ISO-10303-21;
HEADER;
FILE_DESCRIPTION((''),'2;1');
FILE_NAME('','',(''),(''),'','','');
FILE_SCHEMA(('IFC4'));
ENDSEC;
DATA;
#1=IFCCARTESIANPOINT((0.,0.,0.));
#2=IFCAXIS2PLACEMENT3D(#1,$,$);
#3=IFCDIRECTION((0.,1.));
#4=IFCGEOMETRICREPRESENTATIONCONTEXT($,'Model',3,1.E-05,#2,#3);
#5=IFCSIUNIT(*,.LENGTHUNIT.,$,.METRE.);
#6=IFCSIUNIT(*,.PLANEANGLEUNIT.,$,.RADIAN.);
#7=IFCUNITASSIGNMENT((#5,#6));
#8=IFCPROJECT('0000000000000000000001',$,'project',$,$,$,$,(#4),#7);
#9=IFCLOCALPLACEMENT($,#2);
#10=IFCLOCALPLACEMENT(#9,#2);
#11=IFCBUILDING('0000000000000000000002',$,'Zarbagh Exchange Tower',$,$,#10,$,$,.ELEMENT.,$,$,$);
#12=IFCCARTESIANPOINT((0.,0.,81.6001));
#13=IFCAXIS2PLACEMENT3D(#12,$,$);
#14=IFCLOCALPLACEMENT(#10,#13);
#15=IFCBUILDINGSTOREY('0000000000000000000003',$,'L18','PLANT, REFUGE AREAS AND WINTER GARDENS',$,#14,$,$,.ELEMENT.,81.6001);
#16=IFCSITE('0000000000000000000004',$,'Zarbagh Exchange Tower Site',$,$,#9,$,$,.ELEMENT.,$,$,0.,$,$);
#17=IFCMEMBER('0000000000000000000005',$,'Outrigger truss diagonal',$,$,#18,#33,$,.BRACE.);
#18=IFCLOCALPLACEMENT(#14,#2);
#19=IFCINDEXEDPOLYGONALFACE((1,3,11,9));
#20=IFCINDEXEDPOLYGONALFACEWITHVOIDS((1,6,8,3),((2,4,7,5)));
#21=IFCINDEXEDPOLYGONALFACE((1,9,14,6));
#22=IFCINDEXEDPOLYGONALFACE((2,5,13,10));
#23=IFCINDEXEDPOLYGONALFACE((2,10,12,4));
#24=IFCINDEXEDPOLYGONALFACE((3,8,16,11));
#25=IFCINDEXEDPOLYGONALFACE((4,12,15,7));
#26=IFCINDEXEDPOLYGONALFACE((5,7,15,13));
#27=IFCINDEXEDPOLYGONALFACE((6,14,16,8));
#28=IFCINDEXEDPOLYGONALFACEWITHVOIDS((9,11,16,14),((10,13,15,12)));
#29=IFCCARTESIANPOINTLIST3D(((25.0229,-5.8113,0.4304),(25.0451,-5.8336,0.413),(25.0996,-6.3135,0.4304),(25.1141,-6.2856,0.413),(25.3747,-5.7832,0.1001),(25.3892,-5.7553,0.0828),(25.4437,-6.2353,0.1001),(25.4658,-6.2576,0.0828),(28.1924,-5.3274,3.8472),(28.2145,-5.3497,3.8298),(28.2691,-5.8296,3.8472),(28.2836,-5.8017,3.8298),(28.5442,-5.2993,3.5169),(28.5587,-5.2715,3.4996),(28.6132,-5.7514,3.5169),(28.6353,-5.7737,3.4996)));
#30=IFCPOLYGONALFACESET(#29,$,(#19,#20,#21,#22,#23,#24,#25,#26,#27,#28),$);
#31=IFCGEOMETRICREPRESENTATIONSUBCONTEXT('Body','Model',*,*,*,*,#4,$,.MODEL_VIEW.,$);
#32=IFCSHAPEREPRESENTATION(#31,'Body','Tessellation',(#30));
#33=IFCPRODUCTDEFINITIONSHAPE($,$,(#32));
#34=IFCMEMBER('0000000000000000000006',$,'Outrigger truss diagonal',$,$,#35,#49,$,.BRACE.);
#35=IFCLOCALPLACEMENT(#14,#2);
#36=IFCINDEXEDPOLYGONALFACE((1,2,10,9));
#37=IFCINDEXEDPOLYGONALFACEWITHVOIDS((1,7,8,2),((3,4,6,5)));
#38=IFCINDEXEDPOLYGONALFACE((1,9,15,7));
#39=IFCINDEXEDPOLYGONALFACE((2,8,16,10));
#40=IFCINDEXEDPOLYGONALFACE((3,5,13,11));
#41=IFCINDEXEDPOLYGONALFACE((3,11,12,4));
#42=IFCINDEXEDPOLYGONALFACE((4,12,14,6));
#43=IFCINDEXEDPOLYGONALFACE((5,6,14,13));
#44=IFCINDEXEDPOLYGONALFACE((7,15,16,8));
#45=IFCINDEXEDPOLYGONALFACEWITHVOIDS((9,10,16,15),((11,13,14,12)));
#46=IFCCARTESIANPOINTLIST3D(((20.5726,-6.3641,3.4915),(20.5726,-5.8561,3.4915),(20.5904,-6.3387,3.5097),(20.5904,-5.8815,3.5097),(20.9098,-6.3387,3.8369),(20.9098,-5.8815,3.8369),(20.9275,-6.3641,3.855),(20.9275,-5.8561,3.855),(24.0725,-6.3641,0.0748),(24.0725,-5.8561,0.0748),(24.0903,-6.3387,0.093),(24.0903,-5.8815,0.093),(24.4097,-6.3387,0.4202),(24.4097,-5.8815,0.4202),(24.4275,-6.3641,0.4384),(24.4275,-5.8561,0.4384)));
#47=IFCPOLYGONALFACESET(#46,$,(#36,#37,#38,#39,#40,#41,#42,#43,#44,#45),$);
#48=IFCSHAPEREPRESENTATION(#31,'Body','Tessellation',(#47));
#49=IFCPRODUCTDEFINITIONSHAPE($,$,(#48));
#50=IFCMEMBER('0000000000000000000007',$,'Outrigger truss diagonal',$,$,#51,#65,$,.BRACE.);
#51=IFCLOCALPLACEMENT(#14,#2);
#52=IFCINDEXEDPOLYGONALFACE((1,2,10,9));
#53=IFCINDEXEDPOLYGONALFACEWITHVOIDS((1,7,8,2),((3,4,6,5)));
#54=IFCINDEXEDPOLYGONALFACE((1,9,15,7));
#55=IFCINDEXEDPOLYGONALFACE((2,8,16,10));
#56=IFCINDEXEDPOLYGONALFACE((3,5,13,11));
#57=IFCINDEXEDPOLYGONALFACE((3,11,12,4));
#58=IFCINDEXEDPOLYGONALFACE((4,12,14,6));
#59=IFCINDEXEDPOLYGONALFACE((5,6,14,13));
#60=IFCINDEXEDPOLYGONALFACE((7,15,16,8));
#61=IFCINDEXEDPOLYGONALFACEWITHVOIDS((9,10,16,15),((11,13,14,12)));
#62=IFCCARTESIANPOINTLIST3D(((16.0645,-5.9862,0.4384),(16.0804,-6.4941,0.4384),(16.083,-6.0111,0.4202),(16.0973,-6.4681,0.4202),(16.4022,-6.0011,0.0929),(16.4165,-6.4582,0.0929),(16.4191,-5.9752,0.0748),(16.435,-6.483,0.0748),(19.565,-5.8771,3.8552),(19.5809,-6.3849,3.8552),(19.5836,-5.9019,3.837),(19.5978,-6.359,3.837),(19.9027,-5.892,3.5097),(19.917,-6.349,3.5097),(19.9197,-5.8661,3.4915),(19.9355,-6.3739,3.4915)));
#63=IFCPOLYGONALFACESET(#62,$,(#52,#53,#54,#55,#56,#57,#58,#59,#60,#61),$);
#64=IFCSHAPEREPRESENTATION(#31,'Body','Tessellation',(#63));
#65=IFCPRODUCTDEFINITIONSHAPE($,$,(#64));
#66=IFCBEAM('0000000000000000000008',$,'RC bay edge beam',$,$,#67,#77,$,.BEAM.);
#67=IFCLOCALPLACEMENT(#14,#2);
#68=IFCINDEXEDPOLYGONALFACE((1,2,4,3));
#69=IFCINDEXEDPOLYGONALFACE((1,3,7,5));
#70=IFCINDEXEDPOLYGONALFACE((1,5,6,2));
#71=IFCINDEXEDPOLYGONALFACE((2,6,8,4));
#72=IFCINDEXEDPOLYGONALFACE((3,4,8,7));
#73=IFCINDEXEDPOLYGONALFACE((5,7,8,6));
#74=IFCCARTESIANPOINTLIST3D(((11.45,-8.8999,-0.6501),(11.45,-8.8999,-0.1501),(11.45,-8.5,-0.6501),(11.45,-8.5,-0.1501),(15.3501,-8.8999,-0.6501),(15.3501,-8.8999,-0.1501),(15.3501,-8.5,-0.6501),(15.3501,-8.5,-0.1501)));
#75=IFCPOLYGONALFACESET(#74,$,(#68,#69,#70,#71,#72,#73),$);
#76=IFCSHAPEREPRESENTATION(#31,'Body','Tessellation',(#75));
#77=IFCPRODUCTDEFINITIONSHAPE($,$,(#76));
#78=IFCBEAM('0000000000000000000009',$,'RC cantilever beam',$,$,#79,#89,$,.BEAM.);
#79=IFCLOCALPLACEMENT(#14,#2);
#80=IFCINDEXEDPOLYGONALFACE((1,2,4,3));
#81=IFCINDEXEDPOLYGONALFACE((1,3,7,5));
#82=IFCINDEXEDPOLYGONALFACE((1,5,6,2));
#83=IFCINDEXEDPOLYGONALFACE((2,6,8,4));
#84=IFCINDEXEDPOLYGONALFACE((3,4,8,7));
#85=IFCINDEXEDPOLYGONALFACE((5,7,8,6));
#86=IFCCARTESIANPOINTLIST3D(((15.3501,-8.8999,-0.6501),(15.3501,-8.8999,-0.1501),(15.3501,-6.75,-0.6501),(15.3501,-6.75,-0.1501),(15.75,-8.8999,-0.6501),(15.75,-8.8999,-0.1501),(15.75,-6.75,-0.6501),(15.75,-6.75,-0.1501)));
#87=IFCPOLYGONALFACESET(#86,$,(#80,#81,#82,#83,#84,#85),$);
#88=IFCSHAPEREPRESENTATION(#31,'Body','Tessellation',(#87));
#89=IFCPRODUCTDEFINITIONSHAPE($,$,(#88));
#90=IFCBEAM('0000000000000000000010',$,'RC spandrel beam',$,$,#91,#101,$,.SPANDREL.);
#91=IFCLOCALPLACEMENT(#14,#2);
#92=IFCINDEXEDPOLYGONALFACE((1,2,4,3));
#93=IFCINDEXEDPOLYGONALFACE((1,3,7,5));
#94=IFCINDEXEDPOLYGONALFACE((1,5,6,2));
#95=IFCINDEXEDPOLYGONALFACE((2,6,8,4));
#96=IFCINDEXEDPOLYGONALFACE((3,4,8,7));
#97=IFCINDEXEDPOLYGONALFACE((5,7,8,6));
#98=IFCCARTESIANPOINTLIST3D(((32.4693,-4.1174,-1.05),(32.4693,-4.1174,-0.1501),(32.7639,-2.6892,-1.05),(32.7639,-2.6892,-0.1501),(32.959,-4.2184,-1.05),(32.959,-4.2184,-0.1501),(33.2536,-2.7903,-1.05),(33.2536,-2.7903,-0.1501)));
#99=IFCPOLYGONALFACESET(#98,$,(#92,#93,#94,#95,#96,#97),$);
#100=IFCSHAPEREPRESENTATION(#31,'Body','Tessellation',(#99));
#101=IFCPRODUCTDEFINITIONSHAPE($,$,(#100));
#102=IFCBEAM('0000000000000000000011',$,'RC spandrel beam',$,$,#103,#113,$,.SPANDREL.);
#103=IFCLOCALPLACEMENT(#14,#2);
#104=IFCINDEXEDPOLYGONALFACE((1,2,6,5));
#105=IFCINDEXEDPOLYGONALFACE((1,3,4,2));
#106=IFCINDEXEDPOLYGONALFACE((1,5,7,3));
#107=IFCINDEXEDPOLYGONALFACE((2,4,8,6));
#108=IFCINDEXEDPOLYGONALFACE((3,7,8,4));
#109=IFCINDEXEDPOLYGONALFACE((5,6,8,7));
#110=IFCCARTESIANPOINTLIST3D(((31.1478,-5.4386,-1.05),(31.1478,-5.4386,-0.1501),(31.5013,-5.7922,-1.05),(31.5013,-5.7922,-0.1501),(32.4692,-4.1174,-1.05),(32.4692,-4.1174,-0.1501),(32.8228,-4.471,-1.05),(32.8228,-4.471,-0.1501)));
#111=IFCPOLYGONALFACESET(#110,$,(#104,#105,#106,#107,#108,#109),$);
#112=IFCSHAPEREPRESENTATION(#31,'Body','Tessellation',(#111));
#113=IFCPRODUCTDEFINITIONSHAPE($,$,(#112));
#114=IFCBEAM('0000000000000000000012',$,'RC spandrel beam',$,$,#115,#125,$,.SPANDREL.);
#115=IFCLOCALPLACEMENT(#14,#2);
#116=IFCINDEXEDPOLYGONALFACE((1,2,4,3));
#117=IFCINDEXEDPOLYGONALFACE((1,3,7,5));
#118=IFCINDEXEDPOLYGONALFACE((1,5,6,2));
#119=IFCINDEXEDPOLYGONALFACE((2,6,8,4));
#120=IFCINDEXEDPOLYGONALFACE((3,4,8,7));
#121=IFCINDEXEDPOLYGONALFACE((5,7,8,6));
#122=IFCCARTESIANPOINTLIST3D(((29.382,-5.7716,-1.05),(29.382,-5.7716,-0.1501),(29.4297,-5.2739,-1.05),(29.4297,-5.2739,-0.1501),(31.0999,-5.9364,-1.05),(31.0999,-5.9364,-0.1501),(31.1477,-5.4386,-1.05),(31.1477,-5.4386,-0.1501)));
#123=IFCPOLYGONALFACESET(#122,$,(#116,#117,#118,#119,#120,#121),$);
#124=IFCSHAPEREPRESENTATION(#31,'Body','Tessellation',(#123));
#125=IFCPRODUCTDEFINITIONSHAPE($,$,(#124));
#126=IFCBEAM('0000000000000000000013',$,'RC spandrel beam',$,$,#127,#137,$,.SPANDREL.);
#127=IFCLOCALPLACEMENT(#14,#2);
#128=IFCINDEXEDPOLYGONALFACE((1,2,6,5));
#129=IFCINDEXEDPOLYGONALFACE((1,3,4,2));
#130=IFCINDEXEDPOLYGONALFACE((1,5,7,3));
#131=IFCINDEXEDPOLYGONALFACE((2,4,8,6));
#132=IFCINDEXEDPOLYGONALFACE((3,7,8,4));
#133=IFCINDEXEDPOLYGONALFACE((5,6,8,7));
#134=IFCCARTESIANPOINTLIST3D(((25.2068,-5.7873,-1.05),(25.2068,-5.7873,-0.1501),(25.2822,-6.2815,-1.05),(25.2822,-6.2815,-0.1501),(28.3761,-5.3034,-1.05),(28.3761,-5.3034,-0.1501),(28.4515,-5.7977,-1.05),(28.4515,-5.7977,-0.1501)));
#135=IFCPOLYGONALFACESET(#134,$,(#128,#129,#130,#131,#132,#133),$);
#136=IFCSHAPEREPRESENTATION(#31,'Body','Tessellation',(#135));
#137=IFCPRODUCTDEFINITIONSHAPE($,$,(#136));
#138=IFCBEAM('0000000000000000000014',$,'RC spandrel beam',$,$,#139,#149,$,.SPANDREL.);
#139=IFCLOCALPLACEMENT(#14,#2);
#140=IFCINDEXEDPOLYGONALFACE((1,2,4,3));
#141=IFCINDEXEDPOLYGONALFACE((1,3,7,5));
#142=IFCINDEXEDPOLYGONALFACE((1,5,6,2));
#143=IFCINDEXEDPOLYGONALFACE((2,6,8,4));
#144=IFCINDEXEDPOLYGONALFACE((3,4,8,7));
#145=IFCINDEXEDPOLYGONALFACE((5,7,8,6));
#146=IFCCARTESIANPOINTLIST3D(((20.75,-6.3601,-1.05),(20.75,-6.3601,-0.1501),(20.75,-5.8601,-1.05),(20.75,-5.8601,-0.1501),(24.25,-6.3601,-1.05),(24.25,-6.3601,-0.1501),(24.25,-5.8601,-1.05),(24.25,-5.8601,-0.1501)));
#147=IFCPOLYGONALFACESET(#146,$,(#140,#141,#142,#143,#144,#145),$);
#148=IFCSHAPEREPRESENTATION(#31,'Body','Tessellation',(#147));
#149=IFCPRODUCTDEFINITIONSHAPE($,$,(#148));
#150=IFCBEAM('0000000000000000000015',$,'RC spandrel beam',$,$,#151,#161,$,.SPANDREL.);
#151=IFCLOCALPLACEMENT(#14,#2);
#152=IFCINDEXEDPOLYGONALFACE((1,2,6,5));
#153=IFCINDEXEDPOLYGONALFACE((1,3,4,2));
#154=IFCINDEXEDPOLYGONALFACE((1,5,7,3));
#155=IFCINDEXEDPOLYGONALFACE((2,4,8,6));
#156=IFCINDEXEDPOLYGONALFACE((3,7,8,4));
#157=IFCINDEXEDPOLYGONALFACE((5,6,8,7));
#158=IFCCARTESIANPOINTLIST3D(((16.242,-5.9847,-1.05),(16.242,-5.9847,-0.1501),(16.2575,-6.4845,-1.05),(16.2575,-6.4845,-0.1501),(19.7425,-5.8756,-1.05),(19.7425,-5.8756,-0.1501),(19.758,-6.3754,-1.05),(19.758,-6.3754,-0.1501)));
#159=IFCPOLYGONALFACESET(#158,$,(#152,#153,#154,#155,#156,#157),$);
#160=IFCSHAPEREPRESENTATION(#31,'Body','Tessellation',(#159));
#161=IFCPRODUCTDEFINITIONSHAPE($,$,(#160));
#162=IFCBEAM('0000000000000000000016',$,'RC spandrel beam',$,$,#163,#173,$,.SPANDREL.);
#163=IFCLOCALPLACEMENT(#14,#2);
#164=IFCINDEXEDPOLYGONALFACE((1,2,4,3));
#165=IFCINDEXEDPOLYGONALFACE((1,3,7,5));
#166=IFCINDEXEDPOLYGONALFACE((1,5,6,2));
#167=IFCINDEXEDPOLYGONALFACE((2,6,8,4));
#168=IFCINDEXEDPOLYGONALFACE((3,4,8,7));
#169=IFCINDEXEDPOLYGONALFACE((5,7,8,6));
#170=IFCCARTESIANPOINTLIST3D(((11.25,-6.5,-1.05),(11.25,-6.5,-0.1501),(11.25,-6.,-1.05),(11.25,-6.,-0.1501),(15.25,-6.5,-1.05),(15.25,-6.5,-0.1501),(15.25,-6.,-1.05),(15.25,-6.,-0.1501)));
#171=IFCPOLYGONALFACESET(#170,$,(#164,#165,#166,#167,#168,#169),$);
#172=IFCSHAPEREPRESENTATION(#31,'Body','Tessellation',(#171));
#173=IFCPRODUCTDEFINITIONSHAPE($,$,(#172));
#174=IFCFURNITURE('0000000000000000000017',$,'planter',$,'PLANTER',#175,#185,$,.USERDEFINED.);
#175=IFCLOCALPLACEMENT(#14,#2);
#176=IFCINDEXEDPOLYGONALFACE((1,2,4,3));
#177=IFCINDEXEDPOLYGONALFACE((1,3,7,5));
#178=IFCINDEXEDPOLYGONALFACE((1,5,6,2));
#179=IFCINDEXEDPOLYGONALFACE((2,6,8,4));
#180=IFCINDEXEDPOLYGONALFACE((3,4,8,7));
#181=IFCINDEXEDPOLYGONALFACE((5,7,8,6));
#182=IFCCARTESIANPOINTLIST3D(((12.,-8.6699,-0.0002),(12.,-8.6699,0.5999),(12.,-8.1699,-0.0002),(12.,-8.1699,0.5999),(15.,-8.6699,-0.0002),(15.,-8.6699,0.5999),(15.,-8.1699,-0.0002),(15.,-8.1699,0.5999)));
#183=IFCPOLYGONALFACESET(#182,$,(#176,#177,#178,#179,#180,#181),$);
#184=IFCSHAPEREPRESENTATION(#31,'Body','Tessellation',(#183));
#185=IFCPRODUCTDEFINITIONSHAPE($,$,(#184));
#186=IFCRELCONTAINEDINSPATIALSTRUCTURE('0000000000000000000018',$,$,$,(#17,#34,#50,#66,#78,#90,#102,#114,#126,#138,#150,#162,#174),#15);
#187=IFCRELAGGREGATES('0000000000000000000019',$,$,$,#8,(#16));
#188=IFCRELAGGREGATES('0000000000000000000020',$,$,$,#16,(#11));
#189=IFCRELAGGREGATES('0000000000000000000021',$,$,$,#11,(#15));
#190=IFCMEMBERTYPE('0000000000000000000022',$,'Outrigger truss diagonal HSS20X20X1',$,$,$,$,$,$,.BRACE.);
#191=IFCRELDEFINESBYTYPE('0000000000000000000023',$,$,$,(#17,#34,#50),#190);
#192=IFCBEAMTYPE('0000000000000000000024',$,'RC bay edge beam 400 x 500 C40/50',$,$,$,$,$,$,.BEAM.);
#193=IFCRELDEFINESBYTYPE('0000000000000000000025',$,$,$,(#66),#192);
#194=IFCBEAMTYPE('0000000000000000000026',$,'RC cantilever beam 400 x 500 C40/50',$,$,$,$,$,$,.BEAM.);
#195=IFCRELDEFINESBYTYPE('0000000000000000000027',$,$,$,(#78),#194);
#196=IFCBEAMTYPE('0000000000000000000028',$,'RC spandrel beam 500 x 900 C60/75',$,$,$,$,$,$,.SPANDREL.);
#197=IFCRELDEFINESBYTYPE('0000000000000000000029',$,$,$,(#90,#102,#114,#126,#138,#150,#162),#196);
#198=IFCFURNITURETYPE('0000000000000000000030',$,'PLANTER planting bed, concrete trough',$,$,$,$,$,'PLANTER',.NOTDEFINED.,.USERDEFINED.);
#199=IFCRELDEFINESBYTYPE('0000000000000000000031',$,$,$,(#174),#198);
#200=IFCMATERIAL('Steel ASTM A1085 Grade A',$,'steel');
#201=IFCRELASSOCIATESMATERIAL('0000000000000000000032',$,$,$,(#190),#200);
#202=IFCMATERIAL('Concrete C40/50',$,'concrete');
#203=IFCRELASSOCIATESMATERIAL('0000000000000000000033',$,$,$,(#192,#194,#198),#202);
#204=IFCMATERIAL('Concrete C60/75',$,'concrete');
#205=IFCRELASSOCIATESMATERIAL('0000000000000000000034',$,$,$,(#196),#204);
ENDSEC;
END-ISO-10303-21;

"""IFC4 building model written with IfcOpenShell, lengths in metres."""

from ifc_helpers import new_model, si_unit, direction, frame, origin, origin_2d, place, context, subcontext, project, spatial, rectangle, hollow_rectangle, extrude, material, material_profile, profile_set, type_object, element, save


model = new_model("IFC4")

# Units and contexts
model_context = context("Model", 3, precision=1e-05, world=origin(), true_north=direction((0.0, 1.0)))
body_context = subcontext(model_context, "Body", "Model", "MODEL_VIEW")
ifc_project = project(units=[si_unit("LENGTHUNIT", "METRE"), si_unit("PLANEANGLEUNIT", "RADIAN")], contexts=[model_context])

# Site, building, storey
site_placement = place(None, origin())
site = spatial("IfcSite", under=ifc_project, at=site_placement, Name="Zarbagh Exchange Tower Site", CompositionType="ELEMENT", RefElevation=0.0)
building_placement = place(site_placement, origin())
building = spatial("IfcBuilding", under=site, at=building_placement, Name="Zarbagh Exchange Tower", CompositionType="ELEMENT")
storey_placement = place(building_placement, frame((0.0, 0.0, 81.6001)))
storey = spatial("IfcBuildingStorey", under=building, at=storey_placement, Name="L18", Description="PLANT, REFUGE AREAS AND WINTER GARDENS", CompositionType="ELEMENT", Elevation=81.6001)

# Shared definitions
ifc_material_1 = material(Name="Concrete C60/75", Category="concrete")

# Members
ifc_material_2 = material(Name="Steel ASTM A1085 Grade A", Category="steel")
ifc_material_profile_1 = material_profile(ifc_material_2, hollow_rectangle(XDim=0.5081, YDim=0.5081, WallThickness=0.0254, at=origin_2d()), Name="HSS20X20X1")
ifc_profile_set_1 = profile_set([ifc_material_profile_1], Name="Steel ASTM A1085 Grade A")
member_type_1 = type_object("IfcMemberType", Name="Outrigger truss diagonal HSS20X20X1", PredefinedType="BRACE", material=ifc_profile_set_1)
member_1_placement = place(storey_placement, frame((25.2444, -6.0344, 0.2566), z_axis=(0.676439, 0.103274, 0.729222), x_axis=(-0.150924, 0.988545, 0.0)))
element("IfcMember", 1, at=member_1_placement, inside=storey, type_object=member_type_1, Name="Outrigger truss diagonal", PredefinedType="BRACE", context=body_context, shape_type="SweptSolid", body=[
    extrude(hollow_rectangle(XDim=0.5081, YDim=0.5081, WallThickness=0.0254, at=origin_2d()), origin(), (0.0, 0.0, 1.0), 4.6855),
])
member_2_placement = place(storey_placement, frame((24.25, -6.1101, 0.2566), z_axis=(-0.715566, 0.0, 0.698545), x_axis=(0.0, -1.0, 0.0)))
element("IfcMember", 2, at=member_2_placement, inside=storey, type_object=member_type_1, Name="Outrigger truss diagonal", PredefinedType="BRACE", context=body_context, shape_type="SweptSolid", body=[
    extrude(hollow_rectangle(XDim=0.5081, YDim=0.5081, WallThickness=0.0254, at=origin_2d()), origin(), (0.0, 0.0, 1.0), 4.8911),
])
member_3_placement = place(storey_placement, frame((16.2498, -6.2346, 0.2566), z_axis=(0.715437, 0.022304, 0.698322), x_axis=(-0.031161, 0.999514, 0.0)))
element("IfcMember", 3, at=member_3_placement, inside=storey, type_object=member_type_1, Name="Outrigger truss diagonal", PredefinedType="BRACE", context=body_context, shape_type="SweptSolid", body=[
    extrude(hollow_rectangle(XDim=0.5081, YDim=0.5081, WallThickness=0.0254, at=origin_2d()), origin(), (0.0, 0.0, 1.0), 4.8928),
])

# Beams
ifc_material_3 = material(Name="Concrete C40/50", Category="concrete")
ifc_material_profile_2 = material_profile(ifc_material_3, rectangle(XDim=0.3999, YDim=0.5, at=origin_2d()), Name="RC bay edge beam 400 x 500 C40/50")
ifc_profile_set_2 = profile_set([ifc_material_profile_2], Name="Concrete C40/50")
beam_type_1 = type_object("IfcBeamType", Name="RC bay edge beam 400 x 500 C40/50", PredefinedType="BEAM", material=ifc_profile_set_2)
beam_1_placement = place(storey_placement, frame((11.45, -8.7, -0.4001), z_axis=(1.0, 0.0, 0.0), x_axis=(0.0, 1.0, 0.0)))
element("IfcBeam", 4, at=beam_1_placement, inside=storey, type_object=beam_type_1, Name="RC bay edge beam", PredefinedType="BEAM", context=body_context, shape_type="SweptSolid", body=[
    extrude(rectangle(XDim=0.3999, YDim=0.5, at=origin_2d()), origin(), (0.0, 0.0, 1.0), 3.9001),
])
ifc_material_profile_3 = material_profile(ifc_material_3, rectangle(XDim=0.3999, YDim=0.5, at=origin_2d()), Name="RC cantilever beam 400 x 500 C40/50")
ifc_profile_set_3 = profile_set([ifc_material_profile_3], Name="Concrete C40/50")
beam_type_2 = type_object("IfcBeamType", Name="RC cantilever beam 400 x 500 C40/50", PredefinedType="BEAM", material=ifc_profile_set_3)
beam_2_placement = place(storey_placement, frame((15.55, -6.75, -0.4001), z_axis=(0.0, -1.0, 0.0), x_axis=(1.0, 0.0, 0.0)))
element("IfcBeam", 5, at=beam_2_placement, inside=storey, type_object=beam_type_2, Name="RC cantilever beam", PredefinedType="BEAM", context=body_context, shape_type="SweptSolid", body=[
    extrude(rectangle(XDim=0.3999, YDim=0.5, at=origin_2d()), origin(), (0.0, 0.0, 1.0), 2.1499),
])
ifc_material_profile_4 = material_profile(ifc_material_1, rectangle(XDim=0.5, YDim=0.8999, at=origin_2d()), Name="RC spandrel beam 500 x 900 C60/75")
ifc_profile_set_4 = profile_set([ifc_material_profile_4], Name="Concrete C60/75")
beam_type_3 = type_object("IfcBeamType", Name="RC spandrel beam 500 x 900 C60/75", PredefinedType="SPANDREL", material=ifc_profile_set_4)
beam_3_placement = place(storey_placement, frame((33.0088, -2.7397, -0.6001), z_axis=(-0.202069, -0.979371, 0.0), x_axis=(0.979371, -0.202069, 0.0)))
element("IfcBeam", 6, at=beam_3_placement, inside=storey, type_object=beam_type_3, Name="RC spandrel beam", PredefinedType="SPANDREL", context=body_context, shape_type="SweptSolid", body=[
    extrude(rectangle(XDim=0.5, YDim=0.8999, at=origin_2d()), origin(), (0.0, 0.0, 1.0), 1.4583),
])
beam_4_placement = place(storey_placement, frame((32.646, -4.2942, -0.6001), z_axis=(-0.707172, -0.707041, 0.0), x_axis=(0.707041, -0.707172, 0.0)))
element("IfcBeam", 7, at=beam_4_placement, inside=storey, type_object=beam_type_3, Name="RC spandrel beam", PredefinedType="SPANDREL", context=body_context, shape_type="SweptSolid", body=[
    extrude(rectangle(XDim=0.5, YDim=0.8999, at=origin_2d()), origin(), (0.0, 0.0, 1.0), 1.8687),
])
beam_5_placement = place(storey_placement, frame((31.1238, -5.6875, -0.6001), z_axis=(-0.995431, 0.095483, 0.0), x_axis=(-0.095483, -0.995431, 0.0)))
element("IfcBeam", 8, at=beam_5_placement, inside=storey, type_object=beam_type_3, Name="RC spandrel beam", PredefinedType="SPANDREL", context=body_context, shape_type="SweptSolid", body=[
    extrude(rectangle(XDim=0.5, YDim=0.8999, at=origin_2d()), origin(), (0.0, 0.0, 1.0), 1.7258),
])
beam_6_placement = place(storey_placement, frame((28.4138, -5.5505, -0.6001), z_axis=(-0.988545, -0.150924, 0.0), x_axis=(0.150924, -0.988545, 0.0)))
element("IfcBeam", 9, at=beam_6_placement, inside=storey, type_object=beam_type_3, Name="RC spandrel beam", PredefinedType="SPANDREL", context=body_context, shape_type="SweptSolid", body=[
    extrude(rectangle(XDim=0.5, YDim=0.8999, at=origin_2d()), origin(), (0.0, 0.0, 1.0), 3.2061),
])
beam_7_placement = place(storey_placement, frame((24.25, -6.1101, -0.6001), z_axis=(-1.0, 0.0, 0.0), x_axis=(0.0, -1.0, 0.0)))
element("IfcBeam", 10, at=beam_7_placement, inside=storey, type_object=beam_type_3, Name="RC spandrel beam", PredefinedType="SPANDREL", context=body_context, shape_type="SweptSolid", body=[
    extrude(rectangle(XDim=0.5, YDim=0.8999, at=origin_2d()), origin(), (0.0, 0.0, 1.0), 3.5),
])
beam_8_placement = place(storey_placement, frame((19.7502, -6.1255, -0.6001), z_axis=(-0.999514, -0.031161, 0.0), x_axis=(0.031161, -0.999514, 0.0)))
element("IfcBeam", 11, at=beam_8_placement, inside=storey, type_object=beam_type_3, Name="RC spandrel beam", PredefinedType="SPANDREL", context=body_context, shape_type="SweptSolid", body=[
    extrude(rectangle(XDim=0.5, YDim=0.8999, at=origin_2d()), origin(), (0.0, 0.0, 1.0), 3.5022),
])
beam_9_placement = place(storey_placement, frame((15.25, -6.25, -0.6001), z_axis=(-1.0, 0.0, 0.0), x_axis=(0.0, -1.0, 0.0)))
element("IfcBeam", 12, at=beam_9_placement, inside=storey, type_object=beam_type_3, Name="RC spandrel beam", PredefinedType="SPANDREL", context=body_context, shape_type="SweptSolid", body=[
    extrude(rectangle(XDim=0.5, YDim=0.8999, at=origin_2d()), origin(), (0.0, 0.0, 1.0), 4.0),
])

# Furniture
furniture_type = type_object("IfcFurnitureType", Name="PLANTER planting bed, concrete trough", ElementType="PLANTER", AssemblyPlace="NOTDEFINED", PredefinedType="USERDEFINED", material=ifc_material_3)
furniture_placement = place(storey_placement, frame((13.5, -8.4199, -0.0002), z_axis=(0.0, 0.0, 1.0), x_axis=(-1.0, 0.0, 0.0)))
element("IfcFurniture", 13, at=furniture_placement, inside=storey, type_object=furniture_type, Name="planter", ObjectType="PLANTER", PredefinedType="USERDEFINED", context=body_context, shape_type="SweptSolid", body=[
    extrude(rectangle(XDim=3.0, YDim=0.5, at=origin_2d()), origin(), (0.0, 0.0, 1.0), 0.6001),
])

save(model, "model.ifc")
